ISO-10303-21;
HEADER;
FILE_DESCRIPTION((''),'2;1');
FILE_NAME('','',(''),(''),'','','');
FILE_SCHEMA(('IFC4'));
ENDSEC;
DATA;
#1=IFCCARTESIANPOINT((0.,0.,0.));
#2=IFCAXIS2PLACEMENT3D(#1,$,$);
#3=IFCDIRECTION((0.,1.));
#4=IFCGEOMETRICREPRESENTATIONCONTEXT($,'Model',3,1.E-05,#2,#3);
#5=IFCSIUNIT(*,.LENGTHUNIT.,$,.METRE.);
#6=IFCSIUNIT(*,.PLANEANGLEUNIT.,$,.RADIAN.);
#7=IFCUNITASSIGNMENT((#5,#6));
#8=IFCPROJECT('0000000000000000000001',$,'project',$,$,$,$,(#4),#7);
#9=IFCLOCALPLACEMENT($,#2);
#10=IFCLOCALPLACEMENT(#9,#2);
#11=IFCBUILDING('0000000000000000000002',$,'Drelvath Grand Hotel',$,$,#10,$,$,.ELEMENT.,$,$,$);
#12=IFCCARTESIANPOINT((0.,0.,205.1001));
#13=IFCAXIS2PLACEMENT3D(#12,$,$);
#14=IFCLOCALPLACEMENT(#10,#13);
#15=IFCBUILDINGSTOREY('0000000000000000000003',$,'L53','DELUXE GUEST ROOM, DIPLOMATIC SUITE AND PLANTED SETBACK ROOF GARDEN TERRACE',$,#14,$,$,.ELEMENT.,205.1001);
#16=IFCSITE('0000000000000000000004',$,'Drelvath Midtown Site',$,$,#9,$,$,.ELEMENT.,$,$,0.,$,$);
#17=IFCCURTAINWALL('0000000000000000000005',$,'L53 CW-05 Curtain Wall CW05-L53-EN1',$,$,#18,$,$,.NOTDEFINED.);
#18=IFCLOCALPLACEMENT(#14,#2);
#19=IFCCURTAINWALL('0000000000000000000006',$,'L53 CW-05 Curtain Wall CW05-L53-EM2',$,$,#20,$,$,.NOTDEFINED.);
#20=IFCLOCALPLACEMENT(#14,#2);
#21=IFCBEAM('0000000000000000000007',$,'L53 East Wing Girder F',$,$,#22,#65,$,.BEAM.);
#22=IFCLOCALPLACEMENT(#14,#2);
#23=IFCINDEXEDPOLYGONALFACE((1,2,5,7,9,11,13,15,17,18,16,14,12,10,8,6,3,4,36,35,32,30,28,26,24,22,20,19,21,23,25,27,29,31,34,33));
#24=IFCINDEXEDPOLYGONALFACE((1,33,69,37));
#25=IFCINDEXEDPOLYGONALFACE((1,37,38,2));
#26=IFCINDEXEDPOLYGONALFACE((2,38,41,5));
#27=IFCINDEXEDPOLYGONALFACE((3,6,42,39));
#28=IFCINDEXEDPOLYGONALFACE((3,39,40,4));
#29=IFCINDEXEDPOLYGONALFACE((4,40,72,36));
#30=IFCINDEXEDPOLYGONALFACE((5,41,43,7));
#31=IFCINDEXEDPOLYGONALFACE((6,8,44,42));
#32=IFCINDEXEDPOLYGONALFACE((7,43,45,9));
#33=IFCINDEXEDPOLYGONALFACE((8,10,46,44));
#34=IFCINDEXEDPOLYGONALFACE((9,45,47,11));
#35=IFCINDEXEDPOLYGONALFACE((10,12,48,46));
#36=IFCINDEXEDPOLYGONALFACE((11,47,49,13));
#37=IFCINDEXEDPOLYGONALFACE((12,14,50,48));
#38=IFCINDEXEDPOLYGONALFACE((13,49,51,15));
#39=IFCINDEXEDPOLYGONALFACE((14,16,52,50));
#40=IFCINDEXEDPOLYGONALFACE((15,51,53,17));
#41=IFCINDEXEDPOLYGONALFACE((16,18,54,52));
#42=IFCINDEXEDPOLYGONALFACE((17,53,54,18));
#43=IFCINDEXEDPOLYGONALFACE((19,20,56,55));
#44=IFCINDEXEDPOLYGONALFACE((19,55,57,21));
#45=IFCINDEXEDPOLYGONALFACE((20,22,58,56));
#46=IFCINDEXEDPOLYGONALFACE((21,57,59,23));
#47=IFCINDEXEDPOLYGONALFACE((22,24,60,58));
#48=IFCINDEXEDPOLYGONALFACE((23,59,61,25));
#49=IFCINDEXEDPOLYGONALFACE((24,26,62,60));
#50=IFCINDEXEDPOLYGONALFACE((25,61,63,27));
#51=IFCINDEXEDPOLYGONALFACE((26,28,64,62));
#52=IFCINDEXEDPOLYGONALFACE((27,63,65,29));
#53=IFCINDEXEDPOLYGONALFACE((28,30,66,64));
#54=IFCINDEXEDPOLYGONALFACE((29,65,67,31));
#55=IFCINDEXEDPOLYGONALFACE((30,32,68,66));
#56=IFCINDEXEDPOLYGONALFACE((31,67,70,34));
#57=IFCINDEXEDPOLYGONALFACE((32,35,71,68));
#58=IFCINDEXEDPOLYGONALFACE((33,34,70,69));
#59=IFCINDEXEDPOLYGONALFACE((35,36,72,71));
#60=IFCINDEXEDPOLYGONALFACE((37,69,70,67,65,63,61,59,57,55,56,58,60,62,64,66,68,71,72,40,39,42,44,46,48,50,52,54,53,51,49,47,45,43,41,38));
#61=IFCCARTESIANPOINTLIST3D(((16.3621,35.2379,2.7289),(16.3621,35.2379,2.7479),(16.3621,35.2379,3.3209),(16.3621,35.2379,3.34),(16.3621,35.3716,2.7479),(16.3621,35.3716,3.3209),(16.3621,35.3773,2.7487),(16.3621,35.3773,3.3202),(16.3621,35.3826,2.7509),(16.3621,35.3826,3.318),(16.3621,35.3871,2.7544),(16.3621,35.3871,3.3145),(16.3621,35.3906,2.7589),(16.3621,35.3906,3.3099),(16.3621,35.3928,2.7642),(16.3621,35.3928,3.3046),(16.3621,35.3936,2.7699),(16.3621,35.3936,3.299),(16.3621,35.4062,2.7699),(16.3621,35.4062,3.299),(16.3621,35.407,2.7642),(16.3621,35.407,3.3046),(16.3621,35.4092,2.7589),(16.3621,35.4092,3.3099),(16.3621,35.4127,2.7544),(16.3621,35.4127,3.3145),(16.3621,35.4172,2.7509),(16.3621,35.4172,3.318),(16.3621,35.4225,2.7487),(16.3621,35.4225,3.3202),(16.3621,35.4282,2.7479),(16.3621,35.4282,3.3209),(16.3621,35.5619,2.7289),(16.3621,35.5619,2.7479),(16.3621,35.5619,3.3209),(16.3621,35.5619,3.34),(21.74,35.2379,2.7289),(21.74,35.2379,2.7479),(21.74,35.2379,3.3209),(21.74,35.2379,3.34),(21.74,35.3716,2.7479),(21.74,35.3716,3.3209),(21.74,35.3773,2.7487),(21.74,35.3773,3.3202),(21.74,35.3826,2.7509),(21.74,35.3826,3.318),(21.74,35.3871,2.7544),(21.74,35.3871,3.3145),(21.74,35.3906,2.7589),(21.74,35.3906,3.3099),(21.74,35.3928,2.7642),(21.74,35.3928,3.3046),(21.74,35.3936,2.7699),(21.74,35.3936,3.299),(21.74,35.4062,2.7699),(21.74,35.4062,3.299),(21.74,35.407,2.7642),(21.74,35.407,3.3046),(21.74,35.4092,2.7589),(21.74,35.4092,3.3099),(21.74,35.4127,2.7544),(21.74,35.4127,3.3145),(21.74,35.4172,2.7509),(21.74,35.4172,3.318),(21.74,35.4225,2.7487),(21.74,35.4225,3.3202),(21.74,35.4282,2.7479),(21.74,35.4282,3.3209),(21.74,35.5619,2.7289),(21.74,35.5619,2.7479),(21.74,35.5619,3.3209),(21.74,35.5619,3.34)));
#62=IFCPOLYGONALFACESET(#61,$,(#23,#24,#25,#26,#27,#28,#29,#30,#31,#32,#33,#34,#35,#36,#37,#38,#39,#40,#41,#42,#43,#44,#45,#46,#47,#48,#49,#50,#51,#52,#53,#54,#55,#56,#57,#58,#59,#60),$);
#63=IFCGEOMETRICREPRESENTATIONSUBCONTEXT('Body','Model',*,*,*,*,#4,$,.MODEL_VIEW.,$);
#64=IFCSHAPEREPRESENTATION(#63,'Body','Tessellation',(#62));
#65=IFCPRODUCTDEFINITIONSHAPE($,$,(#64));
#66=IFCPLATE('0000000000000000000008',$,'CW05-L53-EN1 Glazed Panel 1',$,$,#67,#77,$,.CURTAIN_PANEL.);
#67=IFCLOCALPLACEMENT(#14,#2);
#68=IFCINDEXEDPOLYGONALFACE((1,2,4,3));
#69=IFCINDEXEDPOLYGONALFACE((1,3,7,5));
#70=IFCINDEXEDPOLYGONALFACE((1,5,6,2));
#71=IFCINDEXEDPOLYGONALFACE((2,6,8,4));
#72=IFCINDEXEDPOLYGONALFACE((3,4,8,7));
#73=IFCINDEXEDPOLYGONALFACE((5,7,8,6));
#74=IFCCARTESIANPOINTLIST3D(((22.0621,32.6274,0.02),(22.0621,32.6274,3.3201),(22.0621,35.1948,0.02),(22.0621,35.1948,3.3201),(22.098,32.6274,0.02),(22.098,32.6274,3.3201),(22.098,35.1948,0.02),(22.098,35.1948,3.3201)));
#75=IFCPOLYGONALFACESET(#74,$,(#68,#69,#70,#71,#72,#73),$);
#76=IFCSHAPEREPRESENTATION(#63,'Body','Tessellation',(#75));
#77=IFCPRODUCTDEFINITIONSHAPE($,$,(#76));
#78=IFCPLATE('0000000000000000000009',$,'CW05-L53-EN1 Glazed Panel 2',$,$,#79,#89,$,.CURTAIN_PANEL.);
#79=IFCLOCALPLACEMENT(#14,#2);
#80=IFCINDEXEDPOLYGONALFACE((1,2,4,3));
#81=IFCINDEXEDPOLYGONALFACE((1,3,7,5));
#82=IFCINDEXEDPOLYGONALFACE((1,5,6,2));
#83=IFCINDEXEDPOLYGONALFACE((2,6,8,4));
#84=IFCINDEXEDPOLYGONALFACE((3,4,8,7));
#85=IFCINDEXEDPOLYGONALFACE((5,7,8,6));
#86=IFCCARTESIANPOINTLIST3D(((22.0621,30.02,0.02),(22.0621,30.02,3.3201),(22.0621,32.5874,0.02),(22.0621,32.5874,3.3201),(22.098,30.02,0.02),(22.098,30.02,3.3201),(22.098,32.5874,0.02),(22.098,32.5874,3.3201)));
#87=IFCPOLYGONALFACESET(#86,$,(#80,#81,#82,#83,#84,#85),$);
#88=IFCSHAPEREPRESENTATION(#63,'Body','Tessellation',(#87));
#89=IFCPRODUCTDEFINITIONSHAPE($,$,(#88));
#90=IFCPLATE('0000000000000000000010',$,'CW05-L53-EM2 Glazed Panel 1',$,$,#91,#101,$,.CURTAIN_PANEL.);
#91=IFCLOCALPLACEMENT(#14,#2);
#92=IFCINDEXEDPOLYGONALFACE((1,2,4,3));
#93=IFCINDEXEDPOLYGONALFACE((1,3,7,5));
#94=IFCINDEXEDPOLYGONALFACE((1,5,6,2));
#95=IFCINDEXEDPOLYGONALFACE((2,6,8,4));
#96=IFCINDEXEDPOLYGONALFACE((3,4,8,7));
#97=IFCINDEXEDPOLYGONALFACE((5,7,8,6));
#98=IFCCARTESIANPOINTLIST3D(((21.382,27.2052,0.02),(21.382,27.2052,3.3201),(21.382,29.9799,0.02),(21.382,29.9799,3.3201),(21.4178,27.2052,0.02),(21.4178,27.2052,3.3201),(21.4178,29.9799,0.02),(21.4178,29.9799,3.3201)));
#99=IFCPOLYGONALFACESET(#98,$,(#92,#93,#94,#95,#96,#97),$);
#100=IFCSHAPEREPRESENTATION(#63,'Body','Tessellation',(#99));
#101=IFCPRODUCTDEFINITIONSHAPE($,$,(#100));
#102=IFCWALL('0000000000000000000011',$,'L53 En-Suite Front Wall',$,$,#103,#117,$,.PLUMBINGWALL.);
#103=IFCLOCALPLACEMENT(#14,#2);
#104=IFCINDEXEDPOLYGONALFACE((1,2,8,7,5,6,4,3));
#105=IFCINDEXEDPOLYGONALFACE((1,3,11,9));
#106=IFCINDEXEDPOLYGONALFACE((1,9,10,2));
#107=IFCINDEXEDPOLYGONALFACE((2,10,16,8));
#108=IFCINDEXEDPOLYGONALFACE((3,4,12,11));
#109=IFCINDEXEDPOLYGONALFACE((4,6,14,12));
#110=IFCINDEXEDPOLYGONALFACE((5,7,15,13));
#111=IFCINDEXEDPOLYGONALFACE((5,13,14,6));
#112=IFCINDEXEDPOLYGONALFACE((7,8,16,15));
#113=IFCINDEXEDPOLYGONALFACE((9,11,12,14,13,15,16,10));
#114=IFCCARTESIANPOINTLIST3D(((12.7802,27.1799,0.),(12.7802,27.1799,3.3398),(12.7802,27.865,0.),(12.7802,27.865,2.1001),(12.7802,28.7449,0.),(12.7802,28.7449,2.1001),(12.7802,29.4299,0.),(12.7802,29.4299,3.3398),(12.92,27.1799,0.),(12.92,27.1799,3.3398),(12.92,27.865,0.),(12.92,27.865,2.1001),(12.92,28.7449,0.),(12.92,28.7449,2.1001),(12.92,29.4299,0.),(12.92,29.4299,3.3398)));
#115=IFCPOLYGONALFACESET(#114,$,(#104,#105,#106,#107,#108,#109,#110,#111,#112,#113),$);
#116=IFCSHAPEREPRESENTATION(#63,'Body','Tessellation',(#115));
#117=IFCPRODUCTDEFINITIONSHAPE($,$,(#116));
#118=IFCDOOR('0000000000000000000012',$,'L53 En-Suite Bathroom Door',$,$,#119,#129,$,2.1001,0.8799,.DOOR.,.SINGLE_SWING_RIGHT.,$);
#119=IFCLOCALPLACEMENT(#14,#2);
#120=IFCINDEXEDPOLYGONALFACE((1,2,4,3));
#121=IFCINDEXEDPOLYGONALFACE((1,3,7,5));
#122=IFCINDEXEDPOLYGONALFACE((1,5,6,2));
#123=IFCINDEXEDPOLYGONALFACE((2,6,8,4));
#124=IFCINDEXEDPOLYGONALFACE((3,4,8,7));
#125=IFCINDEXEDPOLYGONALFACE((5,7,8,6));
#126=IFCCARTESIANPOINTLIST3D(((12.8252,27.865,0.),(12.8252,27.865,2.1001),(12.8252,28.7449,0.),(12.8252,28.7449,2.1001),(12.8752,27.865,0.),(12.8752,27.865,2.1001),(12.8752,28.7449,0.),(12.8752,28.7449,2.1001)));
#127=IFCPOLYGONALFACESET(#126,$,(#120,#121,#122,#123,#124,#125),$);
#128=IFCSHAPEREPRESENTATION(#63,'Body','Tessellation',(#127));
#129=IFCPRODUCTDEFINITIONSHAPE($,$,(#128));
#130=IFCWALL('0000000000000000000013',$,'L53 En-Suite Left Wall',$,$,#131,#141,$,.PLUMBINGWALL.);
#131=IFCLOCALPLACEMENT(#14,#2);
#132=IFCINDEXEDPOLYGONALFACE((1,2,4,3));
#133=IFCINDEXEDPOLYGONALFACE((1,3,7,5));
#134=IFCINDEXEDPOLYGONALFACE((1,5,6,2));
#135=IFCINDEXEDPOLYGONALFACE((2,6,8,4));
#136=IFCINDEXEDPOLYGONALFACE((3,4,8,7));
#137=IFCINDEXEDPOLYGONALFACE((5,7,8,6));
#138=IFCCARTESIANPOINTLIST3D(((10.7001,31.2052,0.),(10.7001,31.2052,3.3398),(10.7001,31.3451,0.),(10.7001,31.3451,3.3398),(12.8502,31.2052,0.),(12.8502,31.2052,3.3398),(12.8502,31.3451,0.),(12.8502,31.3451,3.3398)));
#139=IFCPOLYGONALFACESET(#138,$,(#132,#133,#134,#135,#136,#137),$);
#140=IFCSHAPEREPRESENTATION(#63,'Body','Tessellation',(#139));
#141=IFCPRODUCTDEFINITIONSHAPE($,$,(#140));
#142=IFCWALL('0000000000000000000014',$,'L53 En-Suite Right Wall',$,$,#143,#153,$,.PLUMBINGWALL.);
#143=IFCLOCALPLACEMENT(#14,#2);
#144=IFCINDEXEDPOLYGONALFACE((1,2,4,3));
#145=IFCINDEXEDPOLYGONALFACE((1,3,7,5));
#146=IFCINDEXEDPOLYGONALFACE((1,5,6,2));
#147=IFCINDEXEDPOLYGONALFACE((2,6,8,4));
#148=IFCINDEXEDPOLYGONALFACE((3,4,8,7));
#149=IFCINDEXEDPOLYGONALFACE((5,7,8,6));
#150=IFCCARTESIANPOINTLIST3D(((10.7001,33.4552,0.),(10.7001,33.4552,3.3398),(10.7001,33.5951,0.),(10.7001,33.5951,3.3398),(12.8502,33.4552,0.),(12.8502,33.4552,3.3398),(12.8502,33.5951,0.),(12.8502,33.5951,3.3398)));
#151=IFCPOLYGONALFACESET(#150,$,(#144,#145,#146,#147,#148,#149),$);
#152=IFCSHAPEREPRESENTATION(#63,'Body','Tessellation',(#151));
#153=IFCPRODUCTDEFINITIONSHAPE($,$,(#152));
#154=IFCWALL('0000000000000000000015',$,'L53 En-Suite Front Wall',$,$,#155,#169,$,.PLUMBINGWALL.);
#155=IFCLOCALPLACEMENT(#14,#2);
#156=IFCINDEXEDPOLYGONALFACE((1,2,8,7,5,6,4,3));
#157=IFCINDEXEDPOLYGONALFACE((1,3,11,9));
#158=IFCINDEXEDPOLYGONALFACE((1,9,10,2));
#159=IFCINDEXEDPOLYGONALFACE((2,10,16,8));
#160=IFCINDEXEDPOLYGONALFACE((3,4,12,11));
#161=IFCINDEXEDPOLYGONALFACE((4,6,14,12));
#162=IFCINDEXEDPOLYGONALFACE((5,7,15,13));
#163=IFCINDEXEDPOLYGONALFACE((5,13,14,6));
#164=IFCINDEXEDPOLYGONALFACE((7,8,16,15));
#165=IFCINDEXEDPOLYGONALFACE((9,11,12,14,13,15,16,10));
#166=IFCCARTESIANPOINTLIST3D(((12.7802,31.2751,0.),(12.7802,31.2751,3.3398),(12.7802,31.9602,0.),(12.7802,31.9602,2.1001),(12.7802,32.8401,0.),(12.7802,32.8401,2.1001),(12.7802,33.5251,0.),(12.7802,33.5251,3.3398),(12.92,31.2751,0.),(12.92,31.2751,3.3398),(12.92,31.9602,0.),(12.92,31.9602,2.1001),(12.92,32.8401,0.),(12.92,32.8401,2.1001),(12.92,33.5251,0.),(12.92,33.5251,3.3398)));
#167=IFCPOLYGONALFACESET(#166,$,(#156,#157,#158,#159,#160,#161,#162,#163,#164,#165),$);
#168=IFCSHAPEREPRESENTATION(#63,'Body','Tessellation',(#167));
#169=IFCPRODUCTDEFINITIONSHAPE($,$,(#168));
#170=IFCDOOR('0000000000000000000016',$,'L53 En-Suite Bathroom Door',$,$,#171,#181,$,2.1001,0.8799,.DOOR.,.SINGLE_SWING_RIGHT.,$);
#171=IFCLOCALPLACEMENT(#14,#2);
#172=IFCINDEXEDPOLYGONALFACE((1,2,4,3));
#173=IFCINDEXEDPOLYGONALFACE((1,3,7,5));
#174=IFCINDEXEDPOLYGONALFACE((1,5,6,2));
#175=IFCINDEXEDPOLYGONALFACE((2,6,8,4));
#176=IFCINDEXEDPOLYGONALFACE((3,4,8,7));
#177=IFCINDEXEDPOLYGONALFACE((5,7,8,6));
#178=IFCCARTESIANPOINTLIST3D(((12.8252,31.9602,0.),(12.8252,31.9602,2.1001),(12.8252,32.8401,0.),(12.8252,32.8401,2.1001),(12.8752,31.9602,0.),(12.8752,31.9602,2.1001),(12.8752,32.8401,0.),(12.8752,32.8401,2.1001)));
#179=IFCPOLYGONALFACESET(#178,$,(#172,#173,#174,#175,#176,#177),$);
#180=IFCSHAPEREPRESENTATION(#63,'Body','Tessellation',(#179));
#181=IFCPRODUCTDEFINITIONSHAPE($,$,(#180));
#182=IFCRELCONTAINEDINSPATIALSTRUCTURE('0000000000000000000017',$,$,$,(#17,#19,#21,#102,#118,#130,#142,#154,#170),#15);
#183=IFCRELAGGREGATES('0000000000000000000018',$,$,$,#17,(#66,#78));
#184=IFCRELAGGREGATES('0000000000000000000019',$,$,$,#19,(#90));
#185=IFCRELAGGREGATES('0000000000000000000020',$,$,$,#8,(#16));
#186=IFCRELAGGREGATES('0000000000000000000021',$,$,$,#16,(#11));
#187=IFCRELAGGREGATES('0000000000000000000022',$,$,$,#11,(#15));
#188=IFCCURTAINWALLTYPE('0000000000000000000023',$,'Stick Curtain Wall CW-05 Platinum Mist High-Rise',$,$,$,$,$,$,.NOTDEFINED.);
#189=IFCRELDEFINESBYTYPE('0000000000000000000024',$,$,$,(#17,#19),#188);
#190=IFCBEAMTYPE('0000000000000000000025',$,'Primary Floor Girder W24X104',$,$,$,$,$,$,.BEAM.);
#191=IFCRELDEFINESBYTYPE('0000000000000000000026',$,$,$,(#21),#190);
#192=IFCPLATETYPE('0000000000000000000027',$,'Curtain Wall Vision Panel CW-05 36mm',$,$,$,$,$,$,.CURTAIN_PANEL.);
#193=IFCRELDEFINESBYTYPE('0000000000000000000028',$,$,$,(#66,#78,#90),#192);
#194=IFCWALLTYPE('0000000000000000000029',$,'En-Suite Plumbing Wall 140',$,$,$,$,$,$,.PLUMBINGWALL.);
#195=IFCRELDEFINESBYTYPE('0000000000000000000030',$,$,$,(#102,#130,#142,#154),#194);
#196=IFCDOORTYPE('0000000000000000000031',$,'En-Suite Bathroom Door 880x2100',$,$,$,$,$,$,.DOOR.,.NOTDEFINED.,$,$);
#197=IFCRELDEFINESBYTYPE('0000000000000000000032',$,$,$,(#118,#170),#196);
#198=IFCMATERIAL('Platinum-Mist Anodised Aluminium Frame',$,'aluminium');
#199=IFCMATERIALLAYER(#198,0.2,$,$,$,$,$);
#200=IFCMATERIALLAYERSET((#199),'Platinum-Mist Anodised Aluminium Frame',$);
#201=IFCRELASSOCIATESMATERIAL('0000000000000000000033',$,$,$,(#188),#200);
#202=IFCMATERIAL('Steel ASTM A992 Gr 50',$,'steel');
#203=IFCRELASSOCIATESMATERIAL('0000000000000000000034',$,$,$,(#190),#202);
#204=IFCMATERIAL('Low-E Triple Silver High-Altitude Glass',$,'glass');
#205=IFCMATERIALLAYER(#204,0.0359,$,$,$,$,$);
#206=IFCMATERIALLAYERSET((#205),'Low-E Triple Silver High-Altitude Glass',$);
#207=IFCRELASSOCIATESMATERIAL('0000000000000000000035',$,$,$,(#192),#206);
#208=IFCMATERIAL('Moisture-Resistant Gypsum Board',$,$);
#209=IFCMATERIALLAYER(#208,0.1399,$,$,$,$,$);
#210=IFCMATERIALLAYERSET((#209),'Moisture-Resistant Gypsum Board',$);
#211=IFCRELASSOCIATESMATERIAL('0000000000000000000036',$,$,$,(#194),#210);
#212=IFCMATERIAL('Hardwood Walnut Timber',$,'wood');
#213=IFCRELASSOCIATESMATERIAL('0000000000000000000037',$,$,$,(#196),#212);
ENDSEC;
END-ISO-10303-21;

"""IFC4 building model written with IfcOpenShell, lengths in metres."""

from ifc_helpers import new_model, si_unit, direction, frame, frame_2d, origin, origin_2d, place, context, subcontext, project, spatial, rectangle, i_section, extrude, material, layer, layer_set, material_profile, profile_set, type_object, element, fill, aggregate, save


model = new_model("IFC4")

# Units and contexts
model_context = context("Model", 3, precision=1e-05, world=origin(), true_north=direction((0.0, 1.0)))
body_context = subcontext(model_context, "Body", "Model", "MODEL_VIEW")
ifc_project = project(units=[si_unit("LENGTHUNIT", "METRE"), si_unit("PLANEANGLEUNIT", "RADIAN")], contexts=[model_context])

# Site, building, storey
site_placement = place(None, origin())
site = spatial("IfcSite", under=ifc_project, at=site_placement, Name="Drelvath Midtown Site", CompositionType="ELEMENT", RefElevation=0.0)
building_placement = place(site_placement, origin())
building = spatial("IfcBuilding", under=site, at=building_placement, Name="Drelvath Grand Hotel", CompositionType="ELEMENT")
storey_placement = place(building_placement, frame((0.0, 0.0, 205.1001)))
storey = spatial("IfcBuildingStorey", under=building, at=storey_placement, Name="L53", Description="DELUXE GUEST ROOM, DIPLOMATIC SUITE AND PLANTED SETBACK ROOF GARDEN TERRACE", CompositionType="ELEMENT", Elevation=205.1001)

# Curtain walls
ifc_material_1 = material(Name="Platinum-Mist Anodised Aluminium Frame", Category="aluminium")
ifc_layer_1 = layer(ifc_material_1, 0.2)
ifc_layer_set_1 = layer_set([ifc_layer_1], Name="Platinum-Mist Anodised Aluminium Frame")
curtain_wall_type = type_object("IfcCurtainWallType", Name="Stick Curtain Wall CW-05 Platinum Mist High-Rise", PredefinedType="NOTDEFINED", material=ifc_layer_set_1)
curtain_wall_1_placement = place(storey_placement, origin())
curtain_wall_1 = element("IfcCurtainWall", 1, at=curtain_wall_1_placement, inside=storey, type_object=curtain_wall_type, Name="L53 CW-05 Curtain Wall CW05-L53-EN1", PredefinedType="NOTDEFINED")
curtain_wall_2_placement = place(storey_placement, origin())
curtain_wall_2 = element("IfcCurtainWall", 2, at=curtain_wall_2_placement, inside=storey, type_object=curtain_wall_type, Name="L53 CW-05 Curtain Wall CW05-L53-EM2", PredefinedType="NOTDEFINED")

# Beam
ifc_material_2 = material(Name="Steel ASTM A992 Gr 50", Category="steel")
ifc_material_profile_1 = material_profile(ifc_material_2, i_section(OverallWidth=0.324, OverallDepth=0.6111, WebThickness=0.0127, FlangeThickness=0.019, FilletRadius=0.022, at=origin_2d()), Name="W24X104")
ifc_profile_set_1 = profile_set([ifc_material_profile_1], Name="Steel ASTM A992 Gr 50")
beam_type_1 = type_object("IfcBeamType", Name="Primary Floor Girder W24X104", PredefinedType="BEAM", material=ifc_profile_set_1)
beam_1_placement = place(storey_placement, frame((16.3621, 35.3999, 3.0344), z_axis=(1.0, 0.0, 0.0), x_axis=(0.0, 1.0, 0.0)))
element("IfcBeam", 3, at=beam_1_placement, inside=storey, type_object=beam_type_1, Name="L53 East Wing Girder F", PredefinedType="BEAM", context=body_context, shape_type="SweptSolid", body=[
    extrude(i_section(OverallWidth=0.324, OverallDepth=0.6111, WebThickness=0.0127, FlangeThickness=0.019, FilletRadius=0.022, at=origin_2d()), origin(), (0.0, 0.0, 1.0), 5.3779),
])

# Plates
ifc_material_3 = material(Name="Low-E Triple Silver High-Altitude Glass", Category="glass")
ifc_layer_2 = layer(ifc_material_3, 0.0359)
ifc_layer_set_2 = layer_set([ifc_layer_2], Name="Low-E Triple Silver High-Altitude Glass")
plate_type = type_object("IfcPlateType", Name="Curtain Wall Vision Panel CW-05 36mm", PredefinedType="CURTAIN_PANEL", material=ifc_layer_set_2)
plate_1_placement = place(storey_placement, frame((22.0801, 33.9111, 0.02), z_axis=(0.0, 0.0, 1.0), x_axis=(0.0, -1.0, 0.0)))
plate_1 = element("IfcPlate", 4, at=plate_1_placement, type_object=plate_type, Name="CW05-L53-EN1 Glazed Panel 1", PredefinedType="CURTAIN_PANEL", context=body_context, shape_type="SweptSolid", body=[
    extrude(rectangle(XDim=2.5674, YDim=0.0359, at=origin_2d()), origin(), (0.0, 0.0, 1.0), 3.3),
])
plate_2_placement = place(storey_placement, frame((22.0801, 31.3037, 0.02), z_axis=(0.0, 0.0, 1.0), x_axis=(0.0, -1.0, 0.0)))
plate_2 = element("IfcPlate", 5, at=plate_2_placement, type_object=plate_type, Name="CW05-L53-EN1 Glazed Panel 2", PredefinedType="CURTAIN_PANEL", context=body_context, shape_type="SweptSolid", body=[
    extrude(rectangle(XDim=2.5674, YDim=0.0359, at=origin_2d()), origin(), (0.0, 0.0, 1.0), 3.3),
])
aggregate(curtain_wall_1, [plate_1, plate_2])
plate_3_placement = place(storey_placement, frame((21.3999, 28.5925, 0.02), z_axis=(0.0, 0.0, 1.0), x_axis=(0.0, -1.0, 0.0)))
plate_3 = element("IfcPlate", 6, at=plate_3_placement, type_object=plate_type, Name="CW05-L53-EM2 Glazed Panel 1", PredefinedType="CURTAIN_PANEL", context=body_context, shape_type="SweptSolid", body=[
    extrude(rectangle(XDim=2.7747, YDim=0.0359, at=origin_2d()), origin(), (0.0, 0.0, 1.0), 3.3),
])
aggregate(curtain_wall_2, [plate_3])

# Wall, opening, door
ifc_material_4 = material(Name="Moisture-Resistant Gypsum Board")
ifc_layer_3 = layer(ifc_material_4, 0.1399)
ifc_layer_set_3 = layer_set([ifc_layer_3], Name="Moisture-Resistant Gypsum Board")
wall_type_1 = type_object("IfcWallType", Name="En-Suite Plumbing Wall 140", PredefinedType="PLUMBINGWALL", material=ifc_layer_set_3)
wall_1_placement = place(storey_placement, frame((12.8501, 27.1799, 0.0), z_axis=(0.0, 0.0, 1.0), x_axis=(0.0, 1.0, 0.0)))
wall_1 = element("IfcWall", 7, at=wall_1_placement, inside=storey, type_object=wall_type_1, Name="L53 En-Suite Front Wall", PredefinedType="PLUMBINGWALL", context=body_context, shape_type="SweptSolid", body=[
    extrude(rectangle(XDim=2.25, YDim=0.1399, at=frame_2d((1.125, 0.0))), origin(), (0.0, 0.0, 1.0), 3.3398),
])
opening_1_placement = place(wall_1_placement, frame((0.6851, 0.0, 0.0)))
opening_1 = element("IfcOpeningElement", 8, at=opening_1_placement, cuts=wall_1, PredefinedType="OPENING", context=body_context, shape_type="SweptSolid", body=[
    extrude(rectangle(XDim=0.8799, YDim=2.1001, at=frame_2d((0.4399, 1.05))), frame((0.0, 0.0798, 0.0), z_axis=(0.0, -1.0, 0.0), x_axis=(1.0, 0.0, 0.0)), (0.0, 0.0, 1.0), 0.1599),
])
ifc_material_5 = material(Name="Hardwood Walnut Timber", Category="wood")
door_type = type_object("IfcDoorType", Name="En-Suite Bathroom Door 880x2100", OperationType="NOTDEFINED", PredefinedType="DOOR", material=ifc_material_5)
door_1_placement = place(opening_1_placement, origin())
door_1 = element("IfcDoor", 9, at=door_1_placement, inside=storey, type_object=door_type, Name="L53 En-Suite Bathroom Door", OperationType="SINGLE_SWING_RIGHT", OverallHeight=2.1001, OverallWidth=0.8799, PredefinedType="DOOR", context=body_context, shape_type="SweptSolid", body=[
    extrude(rectangle(XDim=0.8799, YDim=2.1001, at=frame_2d((0.4399, 1.05))), frame((0.0, 0.0249, 0.0), z_axis=(0.0, -1.0, 0.0), x_axis=(1.0, 0.0, 0.0)), (0.0, 0.0, 1.0), 0.05),
])
fill(opening_1, door_1)

# Walls
for number, where, z_axis, x_axis, name in (
    (10, (10.7, 31.2751, 0.0), (0.0, 0.0, 1.0), (1.0, 0.0, 0.0), "L53 En-Suite Left Wall"),
    (11, (10.7, 33.5251, 0.0), (0.0, 0.0, 1.0), (1.0, 0.0, 0.0), "L53 En-Suite Right Wall"),
):
    element("IfcWall", number, at=place(storey_placement, frame(where, z_axis=z_axis, x_axis=x_axis)), inside=storey, type_object=wall_type_1, Name=name, PredefinedType="PLUMBINGWALL", context=body_context, shape_type="SweptSolid", body=[
        extrude(rectangle(XDim=2.1501, YDim=0.1399, at=frame_2d((1.0752, 0.0))), origin(), (0.0, 0.0, 1.0), 3.3398),
    ])

# Wall, opening, door
wall_2_placement = place(storey_placement, frame((12.8501, 31.2751, 0.0), z_axis=(0.0, 0.0, 1.0), x_axis=(0.0, 1.0, 0.0)))
wall_2 = element("IfcWall", 12, at=wall_2_placement, inside=storey, type_object=wall_type_1, Name="L53 En-Suite Front Wall", PredefinedType="PLUMBINGWALL", context=body_context, shape_type="SweptSolid", body=[
    extrude(rectangle(XDim=2.25, YDim=0.1399, at=frame_2d((1.125, 0.0))), origin(), (0.0, 0.0, 1.0), 3.3398),
])
opening_2_placement = place(wall_2_placement, frame((0.6851, 0.0, 0.0)))
opening_2 = element("IfcOpeningElement", 13, at=opening_2_placement, cuts=wall_2, PredefinedType="OPENING", context=body_context, shape_type="SweptSolid", body=[
    extrude(rectangle(XDim=0.8799, YDim=2.1001, at=frame_2d((0.4399, 1.05))), frame((0.0, 0.0798, 0.0), z_axis=(0.0, -1.0, 0.0), x_axis=(1.0, 0.0, 0.0)), (0.0, 0.0, 1.0), 0.1599),
])
door_2_placement = place(opening_2_placement, origin())
door_2 = element("IfcDoor", 14, at=door_2_placement, inside=storey, type_object=door_type, Name="L53 En-Suite Bathroom Door", OperationType="SINGLE_SWING_RIGHT", OverallHeight=2.1001, OverallWidth=0.8799, PredefinedType="DOOR", context=body_context, shape_type="SweptSolid", body=[
    extrude(rectangle(XDim=0.8799, YDim=2.1001, at=frame_2d((0.4399, 1.05))), frame((0.0, 0.0249, 0.0), z_axis=(0.0, -1.0, 0.0), x_axis=(1.0, 0.0, 0.0)), (0.0, 0.0, 1.0), 0.05),
])
fill(opening_2, door_2)

save(model, "model.ifc")
